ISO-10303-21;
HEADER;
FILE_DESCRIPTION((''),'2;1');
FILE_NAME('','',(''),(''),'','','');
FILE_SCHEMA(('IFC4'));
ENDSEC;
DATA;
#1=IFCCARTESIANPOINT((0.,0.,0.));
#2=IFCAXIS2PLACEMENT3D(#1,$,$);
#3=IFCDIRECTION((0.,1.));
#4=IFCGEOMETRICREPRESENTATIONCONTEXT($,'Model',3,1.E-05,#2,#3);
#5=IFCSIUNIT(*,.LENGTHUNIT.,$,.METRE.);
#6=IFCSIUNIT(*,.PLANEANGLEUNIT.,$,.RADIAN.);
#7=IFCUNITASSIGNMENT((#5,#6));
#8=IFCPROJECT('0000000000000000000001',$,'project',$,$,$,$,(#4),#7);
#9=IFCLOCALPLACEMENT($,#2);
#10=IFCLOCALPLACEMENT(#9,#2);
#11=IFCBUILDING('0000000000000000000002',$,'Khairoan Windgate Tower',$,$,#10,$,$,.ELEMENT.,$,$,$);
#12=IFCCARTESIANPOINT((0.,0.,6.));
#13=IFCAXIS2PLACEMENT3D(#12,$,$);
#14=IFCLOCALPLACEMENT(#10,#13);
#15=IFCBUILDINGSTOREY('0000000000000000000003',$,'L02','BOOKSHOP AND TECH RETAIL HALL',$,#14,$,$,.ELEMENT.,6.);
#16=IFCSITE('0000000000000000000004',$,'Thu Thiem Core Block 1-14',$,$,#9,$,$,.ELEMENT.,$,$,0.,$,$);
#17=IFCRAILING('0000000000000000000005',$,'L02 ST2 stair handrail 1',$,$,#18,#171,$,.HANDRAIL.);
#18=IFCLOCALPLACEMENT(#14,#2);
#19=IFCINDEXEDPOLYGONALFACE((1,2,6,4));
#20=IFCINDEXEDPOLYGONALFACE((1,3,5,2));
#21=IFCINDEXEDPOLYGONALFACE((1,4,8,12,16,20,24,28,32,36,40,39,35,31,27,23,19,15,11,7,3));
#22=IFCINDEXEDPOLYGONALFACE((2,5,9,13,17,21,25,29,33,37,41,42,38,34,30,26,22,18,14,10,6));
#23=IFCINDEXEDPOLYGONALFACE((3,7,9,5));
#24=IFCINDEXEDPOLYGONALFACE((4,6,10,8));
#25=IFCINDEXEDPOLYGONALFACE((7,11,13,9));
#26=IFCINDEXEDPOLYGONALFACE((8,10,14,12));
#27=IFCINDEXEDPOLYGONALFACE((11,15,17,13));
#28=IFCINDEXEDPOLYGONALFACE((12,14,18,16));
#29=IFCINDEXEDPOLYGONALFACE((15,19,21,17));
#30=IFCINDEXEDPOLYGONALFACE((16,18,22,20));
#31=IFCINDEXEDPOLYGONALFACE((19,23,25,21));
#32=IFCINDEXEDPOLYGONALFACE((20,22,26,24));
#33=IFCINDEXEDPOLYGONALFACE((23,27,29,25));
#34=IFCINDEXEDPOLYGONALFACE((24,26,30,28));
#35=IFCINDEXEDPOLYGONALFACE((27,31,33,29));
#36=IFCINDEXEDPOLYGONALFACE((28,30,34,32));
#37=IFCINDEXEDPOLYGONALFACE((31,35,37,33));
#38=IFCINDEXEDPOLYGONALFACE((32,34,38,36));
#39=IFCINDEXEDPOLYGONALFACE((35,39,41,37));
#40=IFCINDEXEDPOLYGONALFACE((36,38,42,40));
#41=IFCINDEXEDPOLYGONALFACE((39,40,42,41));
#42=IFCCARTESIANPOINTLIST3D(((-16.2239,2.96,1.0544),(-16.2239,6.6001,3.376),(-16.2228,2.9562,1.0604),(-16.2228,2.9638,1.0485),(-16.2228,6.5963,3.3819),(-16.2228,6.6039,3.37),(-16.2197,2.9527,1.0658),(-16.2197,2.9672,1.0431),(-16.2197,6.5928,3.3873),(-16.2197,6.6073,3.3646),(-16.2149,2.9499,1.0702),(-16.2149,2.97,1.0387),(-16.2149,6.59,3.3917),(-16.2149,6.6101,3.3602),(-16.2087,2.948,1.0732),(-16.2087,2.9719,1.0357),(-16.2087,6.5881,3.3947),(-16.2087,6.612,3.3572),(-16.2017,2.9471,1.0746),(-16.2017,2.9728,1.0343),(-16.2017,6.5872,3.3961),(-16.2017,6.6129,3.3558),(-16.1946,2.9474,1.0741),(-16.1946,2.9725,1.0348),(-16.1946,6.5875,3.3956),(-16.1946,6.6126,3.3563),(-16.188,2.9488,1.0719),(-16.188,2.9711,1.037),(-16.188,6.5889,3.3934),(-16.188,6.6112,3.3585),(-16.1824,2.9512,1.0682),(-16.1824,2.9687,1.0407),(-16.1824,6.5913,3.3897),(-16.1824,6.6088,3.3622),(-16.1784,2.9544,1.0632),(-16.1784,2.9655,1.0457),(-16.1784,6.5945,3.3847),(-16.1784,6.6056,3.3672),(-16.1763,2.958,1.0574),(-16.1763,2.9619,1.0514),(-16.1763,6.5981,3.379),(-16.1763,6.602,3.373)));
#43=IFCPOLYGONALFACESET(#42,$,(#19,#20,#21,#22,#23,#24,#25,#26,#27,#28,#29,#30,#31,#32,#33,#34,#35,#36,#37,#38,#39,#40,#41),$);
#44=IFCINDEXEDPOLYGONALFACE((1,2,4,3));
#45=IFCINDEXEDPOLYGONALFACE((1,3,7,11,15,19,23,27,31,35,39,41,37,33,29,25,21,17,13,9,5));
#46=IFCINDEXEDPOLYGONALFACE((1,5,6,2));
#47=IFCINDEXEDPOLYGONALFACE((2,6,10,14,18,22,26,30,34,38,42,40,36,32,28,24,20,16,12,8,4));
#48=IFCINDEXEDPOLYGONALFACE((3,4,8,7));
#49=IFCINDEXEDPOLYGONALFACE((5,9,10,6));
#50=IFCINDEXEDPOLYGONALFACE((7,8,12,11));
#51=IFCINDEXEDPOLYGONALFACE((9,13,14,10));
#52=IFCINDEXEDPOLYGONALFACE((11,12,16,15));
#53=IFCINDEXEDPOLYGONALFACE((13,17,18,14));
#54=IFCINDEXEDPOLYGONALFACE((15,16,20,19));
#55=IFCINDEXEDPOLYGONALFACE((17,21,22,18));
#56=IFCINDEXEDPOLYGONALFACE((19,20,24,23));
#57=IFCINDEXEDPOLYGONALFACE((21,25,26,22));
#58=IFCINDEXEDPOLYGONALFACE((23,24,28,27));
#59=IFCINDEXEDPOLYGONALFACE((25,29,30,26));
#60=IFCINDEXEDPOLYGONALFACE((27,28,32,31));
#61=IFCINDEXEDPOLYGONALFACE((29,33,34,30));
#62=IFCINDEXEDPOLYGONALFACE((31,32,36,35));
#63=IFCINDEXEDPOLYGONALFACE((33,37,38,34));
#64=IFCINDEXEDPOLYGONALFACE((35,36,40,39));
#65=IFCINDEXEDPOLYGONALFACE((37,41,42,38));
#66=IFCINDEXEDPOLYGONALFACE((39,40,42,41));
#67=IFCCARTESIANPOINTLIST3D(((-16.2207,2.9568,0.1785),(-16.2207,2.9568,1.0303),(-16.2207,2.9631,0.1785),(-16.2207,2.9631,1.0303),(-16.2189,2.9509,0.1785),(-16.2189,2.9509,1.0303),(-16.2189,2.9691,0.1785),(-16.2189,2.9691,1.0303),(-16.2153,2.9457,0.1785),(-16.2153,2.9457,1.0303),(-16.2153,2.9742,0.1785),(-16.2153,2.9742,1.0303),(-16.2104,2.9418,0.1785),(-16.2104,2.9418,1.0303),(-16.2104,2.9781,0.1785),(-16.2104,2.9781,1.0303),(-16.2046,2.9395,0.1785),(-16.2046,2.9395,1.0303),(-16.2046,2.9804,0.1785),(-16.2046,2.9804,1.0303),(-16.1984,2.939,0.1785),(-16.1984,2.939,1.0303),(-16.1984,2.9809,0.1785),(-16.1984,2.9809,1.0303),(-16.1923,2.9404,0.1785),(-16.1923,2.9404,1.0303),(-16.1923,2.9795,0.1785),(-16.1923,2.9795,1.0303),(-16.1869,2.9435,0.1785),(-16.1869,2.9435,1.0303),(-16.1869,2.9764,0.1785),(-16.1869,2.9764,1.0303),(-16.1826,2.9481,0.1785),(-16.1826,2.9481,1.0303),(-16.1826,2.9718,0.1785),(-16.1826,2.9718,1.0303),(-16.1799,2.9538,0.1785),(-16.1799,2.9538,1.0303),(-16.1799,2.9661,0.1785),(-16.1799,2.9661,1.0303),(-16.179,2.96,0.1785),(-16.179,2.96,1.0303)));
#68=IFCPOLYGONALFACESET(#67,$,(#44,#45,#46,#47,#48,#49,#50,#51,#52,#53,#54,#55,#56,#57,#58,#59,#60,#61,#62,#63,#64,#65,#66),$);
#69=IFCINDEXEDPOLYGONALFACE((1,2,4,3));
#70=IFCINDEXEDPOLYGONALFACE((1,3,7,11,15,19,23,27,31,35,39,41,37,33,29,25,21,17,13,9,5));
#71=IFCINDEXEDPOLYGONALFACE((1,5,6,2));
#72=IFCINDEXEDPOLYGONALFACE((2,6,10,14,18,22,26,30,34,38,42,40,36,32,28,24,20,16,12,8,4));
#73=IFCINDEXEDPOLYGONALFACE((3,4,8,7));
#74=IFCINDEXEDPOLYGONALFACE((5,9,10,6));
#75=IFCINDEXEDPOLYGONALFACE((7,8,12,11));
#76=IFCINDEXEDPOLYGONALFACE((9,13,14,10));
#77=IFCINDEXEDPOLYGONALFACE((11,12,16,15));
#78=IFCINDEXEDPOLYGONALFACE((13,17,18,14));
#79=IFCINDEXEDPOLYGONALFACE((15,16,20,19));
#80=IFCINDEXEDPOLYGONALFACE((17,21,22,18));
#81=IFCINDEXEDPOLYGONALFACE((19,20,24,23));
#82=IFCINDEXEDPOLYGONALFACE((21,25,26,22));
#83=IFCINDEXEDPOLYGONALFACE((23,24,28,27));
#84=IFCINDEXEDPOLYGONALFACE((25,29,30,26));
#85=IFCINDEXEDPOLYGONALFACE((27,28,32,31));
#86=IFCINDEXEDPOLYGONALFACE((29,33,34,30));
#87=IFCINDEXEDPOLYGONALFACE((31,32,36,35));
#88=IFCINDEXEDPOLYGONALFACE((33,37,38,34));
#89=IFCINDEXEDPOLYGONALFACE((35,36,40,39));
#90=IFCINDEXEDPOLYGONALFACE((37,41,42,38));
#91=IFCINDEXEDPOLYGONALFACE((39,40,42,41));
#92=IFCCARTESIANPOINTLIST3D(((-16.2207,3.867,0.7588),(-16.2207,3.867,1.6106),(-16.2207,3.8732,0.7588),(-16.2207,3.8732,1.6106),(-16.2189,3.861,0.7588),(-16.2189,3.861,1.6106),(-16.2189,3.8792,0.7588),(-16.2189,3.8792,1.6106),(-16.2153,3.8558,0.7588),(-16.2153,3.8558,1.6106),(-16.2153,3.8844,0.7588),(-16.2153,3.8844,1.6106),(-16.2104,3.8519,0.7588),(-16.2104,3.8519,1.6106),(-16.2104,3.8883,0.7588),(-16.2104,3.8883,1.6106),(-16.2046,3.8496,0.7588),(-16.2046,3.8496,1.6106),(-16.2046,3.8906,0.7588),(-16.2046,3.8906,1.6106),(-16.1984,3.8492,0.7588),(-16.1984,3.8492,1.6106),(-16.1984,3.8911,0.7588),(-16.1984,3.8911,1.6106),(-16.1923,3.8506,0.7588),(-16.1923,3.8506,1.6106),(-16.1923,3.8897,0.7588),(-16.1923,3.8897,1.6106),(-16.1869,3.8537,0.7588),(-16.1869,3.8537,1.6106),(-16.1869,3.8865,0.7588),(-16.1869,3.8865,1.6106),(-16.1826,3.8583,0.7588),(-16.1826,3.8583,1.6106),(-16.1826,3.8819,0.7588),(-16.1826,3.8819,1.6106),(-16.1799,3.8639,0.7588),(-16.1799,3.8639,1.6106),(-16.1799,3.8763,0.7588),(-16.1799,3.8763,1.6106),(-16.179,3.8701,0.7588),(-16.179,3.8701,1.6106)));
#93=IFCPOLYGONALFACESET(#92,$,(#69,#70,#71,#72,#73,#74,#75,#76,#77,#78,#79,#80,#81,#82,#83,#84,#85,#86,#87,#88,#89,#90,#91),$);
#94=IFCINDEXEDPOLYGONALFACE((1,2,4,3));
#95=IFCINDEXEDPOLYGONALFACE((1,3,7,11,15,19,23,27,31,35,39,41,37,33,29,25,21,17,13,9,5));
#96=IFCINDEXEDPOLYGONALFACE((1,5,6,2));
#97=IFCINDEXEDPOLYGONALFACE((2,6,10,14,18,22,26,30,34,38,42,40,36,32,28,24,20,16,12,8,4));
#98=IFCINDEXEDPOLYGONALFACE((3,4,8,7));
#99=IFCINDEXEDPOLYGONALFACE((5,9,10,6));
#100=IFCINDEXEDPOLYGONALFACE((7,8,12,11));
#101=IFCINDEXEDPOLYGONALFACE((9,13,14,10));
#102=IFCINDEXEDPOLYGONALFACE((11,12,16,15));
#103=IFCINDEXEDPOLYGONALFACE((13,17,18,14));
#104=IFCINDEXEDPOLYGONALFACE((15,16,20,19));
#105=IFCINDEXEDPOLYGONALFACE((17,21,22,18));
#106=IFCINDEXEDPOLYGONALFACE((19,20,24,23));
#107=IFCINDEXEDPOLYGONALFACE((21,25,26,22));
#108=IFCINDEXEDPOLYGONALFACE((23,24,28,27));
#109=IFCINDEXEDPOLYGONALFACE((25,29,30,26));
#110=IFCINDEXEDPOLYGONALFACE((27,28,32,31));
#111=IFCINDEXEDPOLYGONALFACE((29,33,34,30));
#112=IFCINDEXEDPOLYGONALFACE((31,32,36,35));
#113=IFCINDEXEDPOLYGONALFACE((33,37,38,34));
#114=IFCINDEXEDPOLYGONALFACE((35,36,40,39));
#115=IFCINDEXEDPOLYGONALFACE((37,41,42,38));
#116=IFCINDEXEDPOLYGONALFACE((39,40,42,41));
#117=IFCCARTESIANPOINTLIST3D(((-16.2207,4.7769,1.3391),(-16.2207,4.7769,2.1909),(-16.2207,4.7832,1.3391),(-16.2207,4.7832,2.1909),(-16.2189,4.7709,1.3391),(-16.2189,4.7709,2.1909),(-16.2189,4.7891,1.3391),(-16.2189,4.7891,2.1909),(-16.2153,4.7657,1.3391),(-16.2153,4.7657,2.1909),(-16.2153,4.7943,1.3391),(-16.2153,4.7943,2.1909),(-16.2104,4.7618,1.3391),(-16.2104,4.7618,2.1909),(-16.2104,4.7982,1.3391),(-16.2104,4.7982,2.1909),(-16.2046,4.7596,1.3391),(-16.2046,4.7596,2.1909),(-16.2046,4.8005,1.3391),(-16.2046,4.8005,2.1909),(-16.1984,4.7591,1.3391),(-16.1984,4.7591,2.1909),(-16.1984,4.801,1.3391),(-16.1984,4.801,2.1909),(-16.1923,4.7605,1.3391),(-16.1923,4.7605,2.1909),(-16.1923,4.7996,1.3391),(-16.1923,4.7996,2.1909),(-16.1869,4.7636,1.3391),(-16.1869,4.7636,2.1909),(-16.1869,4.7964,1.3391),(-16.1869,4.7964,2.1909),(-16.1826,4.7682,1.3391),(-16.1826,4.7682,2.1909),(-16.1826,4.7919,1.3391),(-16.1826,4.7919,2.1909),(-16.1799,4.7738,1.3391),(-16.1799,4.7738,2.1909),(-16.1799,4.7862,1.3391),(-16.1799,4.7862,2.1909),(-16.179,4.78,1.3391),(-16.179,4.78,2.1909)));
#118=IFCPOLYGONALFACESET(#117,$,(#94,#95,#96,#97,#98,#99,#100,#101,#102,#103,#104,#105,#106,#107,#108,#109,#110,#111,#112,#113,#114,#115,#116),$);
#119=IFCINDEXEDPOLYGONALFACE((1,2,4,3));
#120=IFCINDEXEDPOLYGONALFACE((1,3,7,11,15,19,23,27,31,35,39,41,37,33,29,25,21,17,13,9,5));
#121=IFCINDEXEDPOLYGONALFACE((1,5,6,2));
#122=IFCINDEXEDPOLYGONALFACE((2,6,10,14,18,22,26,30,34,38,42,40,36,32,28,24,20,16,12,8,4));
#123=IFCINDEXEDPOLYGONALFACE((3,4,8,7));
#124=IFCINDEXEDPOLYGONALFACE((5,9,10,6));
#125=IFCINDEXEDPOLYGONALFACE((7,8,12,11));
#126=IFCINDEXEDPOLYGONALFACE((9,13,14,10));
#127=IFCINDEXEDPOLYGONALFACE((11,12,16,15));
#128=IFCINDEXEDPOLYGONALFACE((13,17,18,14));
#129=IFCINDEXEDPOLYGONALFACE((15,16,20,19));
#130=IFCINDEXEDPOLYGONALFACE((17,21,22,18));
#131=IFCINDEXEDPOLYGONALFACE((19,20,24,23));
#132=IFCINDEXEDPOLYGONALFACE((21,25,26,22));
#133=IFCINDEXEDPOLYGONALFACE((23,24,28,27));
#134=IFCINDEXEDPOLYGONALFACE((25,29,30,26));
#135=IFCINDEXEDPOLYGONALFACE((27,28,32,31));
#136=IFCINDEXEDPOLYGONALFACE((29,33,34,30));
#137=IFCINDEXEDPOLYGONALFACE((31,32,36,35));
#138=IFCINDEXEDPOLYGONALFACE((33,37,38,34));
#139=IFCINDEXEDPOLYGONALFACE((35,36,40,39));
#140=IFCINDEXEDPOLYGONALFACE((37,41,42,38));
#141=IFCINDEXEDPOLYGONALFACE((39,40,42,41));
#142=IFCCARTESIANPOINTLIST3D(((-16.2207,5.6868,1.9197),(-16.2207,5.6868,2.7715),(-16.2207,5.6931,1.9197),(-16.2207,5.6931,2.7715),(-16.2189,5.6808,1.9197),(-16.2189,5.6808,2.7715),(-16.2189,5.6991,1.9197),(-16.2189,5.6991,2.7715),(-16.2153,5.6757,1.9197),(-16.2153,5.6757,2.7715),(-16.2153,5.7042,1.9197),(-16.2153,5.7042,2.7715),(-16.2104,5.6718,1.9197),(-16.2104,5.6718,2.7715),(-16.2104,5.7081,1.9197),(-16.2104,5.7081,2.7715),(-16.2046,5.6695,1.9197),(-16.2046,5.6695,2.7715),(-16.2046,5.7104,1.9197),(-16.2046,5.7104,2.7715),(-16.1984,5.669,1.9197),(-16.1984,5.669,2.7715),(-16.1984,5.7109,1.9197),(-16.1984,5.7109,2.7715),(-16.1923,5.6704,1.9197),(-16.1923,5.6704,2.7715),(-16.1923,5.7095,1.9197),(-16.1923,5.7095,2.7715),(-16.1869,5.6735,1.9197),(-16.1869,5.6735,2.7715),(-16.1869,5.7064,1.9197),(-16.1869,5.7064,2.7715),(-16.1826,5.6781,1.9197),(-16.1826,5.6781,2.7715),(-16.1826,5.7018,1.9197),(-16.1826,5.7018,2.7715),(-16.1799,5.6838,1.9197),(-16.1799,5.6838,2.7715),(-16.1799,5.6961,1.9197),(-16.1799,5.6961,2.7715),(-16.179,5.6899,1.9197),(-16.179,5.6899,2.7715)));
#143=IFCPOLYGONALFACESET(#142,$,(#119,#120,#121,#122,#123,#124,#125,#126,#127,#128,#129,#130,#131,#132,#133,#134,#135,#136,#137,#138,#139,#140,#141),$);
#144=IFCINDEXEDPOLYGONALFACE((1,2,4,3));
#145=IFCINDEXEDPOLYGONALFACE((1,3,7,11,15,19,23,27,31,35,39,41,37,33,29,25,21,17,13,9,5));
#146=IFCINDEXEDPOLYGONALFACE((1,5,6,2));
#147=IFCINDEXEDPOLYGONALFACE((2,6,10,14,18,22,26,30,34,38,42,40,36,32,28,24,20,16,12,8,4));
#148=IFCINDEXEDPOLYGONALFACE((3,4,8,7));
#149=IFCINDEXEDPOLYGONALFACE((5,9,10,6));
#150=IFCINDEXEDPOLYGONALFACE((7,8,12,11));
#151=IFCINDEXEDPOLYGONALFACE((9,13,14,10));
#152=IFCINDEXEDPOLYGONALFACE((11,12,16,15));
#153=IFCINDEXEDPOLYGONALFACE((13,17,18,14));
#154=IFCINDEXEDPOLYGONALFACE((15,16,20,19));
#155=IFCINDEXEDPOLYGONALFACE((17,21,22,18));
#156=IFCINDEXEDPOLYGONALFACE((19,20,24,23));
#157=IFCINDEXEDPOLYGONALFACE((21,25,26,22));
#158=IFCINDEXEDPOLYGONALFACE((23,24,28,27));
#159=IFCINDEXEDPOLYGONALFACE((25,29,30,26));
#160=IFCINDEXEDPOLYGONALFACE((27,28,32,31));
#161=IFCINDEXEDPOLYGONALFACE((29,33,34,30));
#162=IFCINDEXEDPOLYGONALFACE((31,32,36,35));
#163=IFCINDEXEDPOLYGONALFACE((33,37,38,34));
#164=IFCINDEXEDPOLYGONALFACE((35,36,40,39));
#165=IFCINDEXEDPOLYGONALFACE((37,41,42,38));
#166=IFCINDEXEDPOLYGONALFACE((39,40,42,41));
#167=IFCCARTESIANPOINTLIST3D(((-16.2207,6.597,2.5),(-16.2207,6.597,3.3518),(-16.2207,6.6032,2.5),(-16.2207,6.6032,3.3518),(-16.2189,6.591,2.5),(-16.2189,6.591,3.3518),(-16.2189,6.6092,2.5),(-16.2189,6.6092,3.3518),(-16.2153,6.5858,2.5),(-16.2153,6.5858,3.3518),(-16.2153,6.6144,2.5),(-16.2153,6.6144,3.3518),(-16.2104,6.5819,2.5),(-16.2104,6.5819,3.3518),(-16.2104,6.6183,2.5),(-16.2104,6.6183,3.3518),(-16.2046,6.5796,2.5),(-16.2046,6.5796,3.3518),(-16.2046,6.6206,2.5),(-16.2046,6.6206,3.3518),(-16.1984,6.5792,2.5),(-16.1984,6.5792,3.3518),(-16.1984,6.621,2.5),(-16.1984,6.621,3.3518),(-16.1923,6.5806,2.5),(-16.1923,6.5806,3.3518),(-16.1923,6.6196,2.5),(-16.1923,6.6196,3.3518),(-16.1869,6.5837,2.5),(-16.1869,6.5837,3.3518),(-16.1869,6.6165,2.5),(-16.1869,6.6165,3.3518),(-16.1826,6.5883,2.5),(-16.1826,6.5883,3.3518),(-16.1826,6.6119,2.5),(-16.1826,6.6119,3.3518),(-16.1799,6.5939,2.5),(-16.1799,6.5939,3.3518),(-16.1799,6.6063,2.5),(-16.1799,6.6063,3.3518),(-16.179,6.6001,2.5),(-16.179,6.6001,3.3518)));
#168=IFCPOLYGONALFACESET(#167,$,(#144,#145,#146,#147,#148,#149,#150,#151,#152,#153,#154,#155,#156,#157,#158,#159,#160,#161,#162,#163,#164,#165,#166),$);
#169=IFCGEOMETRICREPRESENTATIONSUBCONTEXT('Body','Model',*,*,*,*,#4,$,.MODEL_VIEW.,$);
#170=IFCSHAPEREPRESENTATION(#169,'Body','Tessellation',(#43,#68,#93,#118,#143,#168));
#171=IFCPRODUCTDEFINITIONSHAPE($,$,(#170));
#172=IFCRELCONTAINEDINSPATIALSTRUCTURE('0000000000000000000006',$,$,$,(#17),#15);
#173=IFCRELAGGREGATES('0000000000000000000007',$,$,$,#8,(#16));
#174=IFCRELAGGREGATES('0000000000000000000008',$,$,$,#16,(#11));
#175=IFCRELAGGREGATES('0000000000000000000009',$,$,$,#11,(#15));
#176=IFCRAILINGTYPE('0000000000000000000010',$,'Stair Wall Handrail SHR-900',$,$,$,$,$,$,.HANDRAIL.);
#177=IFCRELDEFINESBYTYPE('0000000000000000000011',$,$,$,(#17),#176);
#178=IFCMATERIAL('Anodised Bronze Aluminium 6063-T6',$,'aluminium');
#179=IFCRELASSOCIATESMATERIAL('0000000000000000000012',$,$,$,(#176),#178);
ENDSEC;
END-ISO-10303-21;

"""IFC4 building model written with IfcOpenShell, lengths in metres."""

from ifc_helpers import new_model, si_unit, direction, frame, origin, origin_2d, place, context, subcontext, project, spatial, circle, extrude, material, type_object, element, save


model = new_model("IFC4")

# Units and contexts
model_context = context("Model", 3, precision=1e-05, world=origin(), true_north=direction((0.0, 1.0)))
body_context = subcontext(model_context, "Body", "Model", "MODEL_VIEW")
ifc_project = project(units=[si_unit("LENGTHUNIT", "METRE"), si_unit("PLANEANGLEUNIT", "RADIAN")], contexts=[model_context])

# Site, building, storey
site_placement = place(None, origin())
site = spatial("IfcSite", under=ifc_project, at=site_placement, Name="Thu Thiem Core Block 1-14", CompositionType="ELEMENT", RefElevation=0.0)
building_placement = place(site_placement, origin())
building = spatial("IfcBuilding", under=site, at=building_placement, Name="Khairoan Windgate Tower", CompositionType="ELEMENT")
storey_placement = place(building_placement, frame((0.0, 0.0, 6.0)))
storey = spatial("IfcBuildingStorey", under=building, at=storey_placement, Name="L02", Description="BOOKSHOP AND TECH RETAIL HALL", CompositionType="ELEMENT", Elevation=6.0)

# Railing
ifc_material_1 = material(Name="Anodised Bronze Aluminium 6063-T6", Category="aluminium")
railing_type_1 = type_object("IfcRailingType", Name="Stair Wall Handrail SHR-900", PredefinedType="HANDRAIL", material=ifc_material_1)
railing_1_placement = place(storey_placement, frame((-16.2, 2.96, 0.1785)))
element("IfcRailing", 1, at=railing_1_placement, inside=storey, type_object=railing_type_1, Name="L02 ST2 stair handrail 1", PredefinedType="HANDRAIL", context=body_context, shape_type="SweptSolid", body=[
    extrude(circle(Radius=0.0239, at=origin_2d()), frame((0.0, 0.0, 0.876), z_axis=(0.0, 0.843128, 0.537713), x_axis=(-1.0, 0.0, 0.0)), (0.0, 0.0, 1.0), 4.3174),
    extrude(circle(Radius=0.021, at=origin_2d()), origin(), (0.0, 0.0, 1.0), 0.8518),
    extrude(circle(Radius=0.021, at=origin_2d()), frame((0.0, 0.9102, 0.5803)), (0.0, 0.0, 1.0), 0.8518),
    extrude(circle(Radius=0.021, at=origin_2d()), frame((0.0, 1.8201, 1.1606)), (0.0, 0.0, 1.0), 0.8518),
    extrude(circle(Radius=0.021, at=origin_2d()), frame((0.0, 2.73, 1.7412)), (0.0, 0.0, 1.0), 0.8518),
    extrude(circle(Radius=0.021, at=origin_2d()), frame((0.0, 3.6401, 2.3215)), (0.0, 0.0, 1.0), 0.8518),
])

save(model, "model.ifc")
